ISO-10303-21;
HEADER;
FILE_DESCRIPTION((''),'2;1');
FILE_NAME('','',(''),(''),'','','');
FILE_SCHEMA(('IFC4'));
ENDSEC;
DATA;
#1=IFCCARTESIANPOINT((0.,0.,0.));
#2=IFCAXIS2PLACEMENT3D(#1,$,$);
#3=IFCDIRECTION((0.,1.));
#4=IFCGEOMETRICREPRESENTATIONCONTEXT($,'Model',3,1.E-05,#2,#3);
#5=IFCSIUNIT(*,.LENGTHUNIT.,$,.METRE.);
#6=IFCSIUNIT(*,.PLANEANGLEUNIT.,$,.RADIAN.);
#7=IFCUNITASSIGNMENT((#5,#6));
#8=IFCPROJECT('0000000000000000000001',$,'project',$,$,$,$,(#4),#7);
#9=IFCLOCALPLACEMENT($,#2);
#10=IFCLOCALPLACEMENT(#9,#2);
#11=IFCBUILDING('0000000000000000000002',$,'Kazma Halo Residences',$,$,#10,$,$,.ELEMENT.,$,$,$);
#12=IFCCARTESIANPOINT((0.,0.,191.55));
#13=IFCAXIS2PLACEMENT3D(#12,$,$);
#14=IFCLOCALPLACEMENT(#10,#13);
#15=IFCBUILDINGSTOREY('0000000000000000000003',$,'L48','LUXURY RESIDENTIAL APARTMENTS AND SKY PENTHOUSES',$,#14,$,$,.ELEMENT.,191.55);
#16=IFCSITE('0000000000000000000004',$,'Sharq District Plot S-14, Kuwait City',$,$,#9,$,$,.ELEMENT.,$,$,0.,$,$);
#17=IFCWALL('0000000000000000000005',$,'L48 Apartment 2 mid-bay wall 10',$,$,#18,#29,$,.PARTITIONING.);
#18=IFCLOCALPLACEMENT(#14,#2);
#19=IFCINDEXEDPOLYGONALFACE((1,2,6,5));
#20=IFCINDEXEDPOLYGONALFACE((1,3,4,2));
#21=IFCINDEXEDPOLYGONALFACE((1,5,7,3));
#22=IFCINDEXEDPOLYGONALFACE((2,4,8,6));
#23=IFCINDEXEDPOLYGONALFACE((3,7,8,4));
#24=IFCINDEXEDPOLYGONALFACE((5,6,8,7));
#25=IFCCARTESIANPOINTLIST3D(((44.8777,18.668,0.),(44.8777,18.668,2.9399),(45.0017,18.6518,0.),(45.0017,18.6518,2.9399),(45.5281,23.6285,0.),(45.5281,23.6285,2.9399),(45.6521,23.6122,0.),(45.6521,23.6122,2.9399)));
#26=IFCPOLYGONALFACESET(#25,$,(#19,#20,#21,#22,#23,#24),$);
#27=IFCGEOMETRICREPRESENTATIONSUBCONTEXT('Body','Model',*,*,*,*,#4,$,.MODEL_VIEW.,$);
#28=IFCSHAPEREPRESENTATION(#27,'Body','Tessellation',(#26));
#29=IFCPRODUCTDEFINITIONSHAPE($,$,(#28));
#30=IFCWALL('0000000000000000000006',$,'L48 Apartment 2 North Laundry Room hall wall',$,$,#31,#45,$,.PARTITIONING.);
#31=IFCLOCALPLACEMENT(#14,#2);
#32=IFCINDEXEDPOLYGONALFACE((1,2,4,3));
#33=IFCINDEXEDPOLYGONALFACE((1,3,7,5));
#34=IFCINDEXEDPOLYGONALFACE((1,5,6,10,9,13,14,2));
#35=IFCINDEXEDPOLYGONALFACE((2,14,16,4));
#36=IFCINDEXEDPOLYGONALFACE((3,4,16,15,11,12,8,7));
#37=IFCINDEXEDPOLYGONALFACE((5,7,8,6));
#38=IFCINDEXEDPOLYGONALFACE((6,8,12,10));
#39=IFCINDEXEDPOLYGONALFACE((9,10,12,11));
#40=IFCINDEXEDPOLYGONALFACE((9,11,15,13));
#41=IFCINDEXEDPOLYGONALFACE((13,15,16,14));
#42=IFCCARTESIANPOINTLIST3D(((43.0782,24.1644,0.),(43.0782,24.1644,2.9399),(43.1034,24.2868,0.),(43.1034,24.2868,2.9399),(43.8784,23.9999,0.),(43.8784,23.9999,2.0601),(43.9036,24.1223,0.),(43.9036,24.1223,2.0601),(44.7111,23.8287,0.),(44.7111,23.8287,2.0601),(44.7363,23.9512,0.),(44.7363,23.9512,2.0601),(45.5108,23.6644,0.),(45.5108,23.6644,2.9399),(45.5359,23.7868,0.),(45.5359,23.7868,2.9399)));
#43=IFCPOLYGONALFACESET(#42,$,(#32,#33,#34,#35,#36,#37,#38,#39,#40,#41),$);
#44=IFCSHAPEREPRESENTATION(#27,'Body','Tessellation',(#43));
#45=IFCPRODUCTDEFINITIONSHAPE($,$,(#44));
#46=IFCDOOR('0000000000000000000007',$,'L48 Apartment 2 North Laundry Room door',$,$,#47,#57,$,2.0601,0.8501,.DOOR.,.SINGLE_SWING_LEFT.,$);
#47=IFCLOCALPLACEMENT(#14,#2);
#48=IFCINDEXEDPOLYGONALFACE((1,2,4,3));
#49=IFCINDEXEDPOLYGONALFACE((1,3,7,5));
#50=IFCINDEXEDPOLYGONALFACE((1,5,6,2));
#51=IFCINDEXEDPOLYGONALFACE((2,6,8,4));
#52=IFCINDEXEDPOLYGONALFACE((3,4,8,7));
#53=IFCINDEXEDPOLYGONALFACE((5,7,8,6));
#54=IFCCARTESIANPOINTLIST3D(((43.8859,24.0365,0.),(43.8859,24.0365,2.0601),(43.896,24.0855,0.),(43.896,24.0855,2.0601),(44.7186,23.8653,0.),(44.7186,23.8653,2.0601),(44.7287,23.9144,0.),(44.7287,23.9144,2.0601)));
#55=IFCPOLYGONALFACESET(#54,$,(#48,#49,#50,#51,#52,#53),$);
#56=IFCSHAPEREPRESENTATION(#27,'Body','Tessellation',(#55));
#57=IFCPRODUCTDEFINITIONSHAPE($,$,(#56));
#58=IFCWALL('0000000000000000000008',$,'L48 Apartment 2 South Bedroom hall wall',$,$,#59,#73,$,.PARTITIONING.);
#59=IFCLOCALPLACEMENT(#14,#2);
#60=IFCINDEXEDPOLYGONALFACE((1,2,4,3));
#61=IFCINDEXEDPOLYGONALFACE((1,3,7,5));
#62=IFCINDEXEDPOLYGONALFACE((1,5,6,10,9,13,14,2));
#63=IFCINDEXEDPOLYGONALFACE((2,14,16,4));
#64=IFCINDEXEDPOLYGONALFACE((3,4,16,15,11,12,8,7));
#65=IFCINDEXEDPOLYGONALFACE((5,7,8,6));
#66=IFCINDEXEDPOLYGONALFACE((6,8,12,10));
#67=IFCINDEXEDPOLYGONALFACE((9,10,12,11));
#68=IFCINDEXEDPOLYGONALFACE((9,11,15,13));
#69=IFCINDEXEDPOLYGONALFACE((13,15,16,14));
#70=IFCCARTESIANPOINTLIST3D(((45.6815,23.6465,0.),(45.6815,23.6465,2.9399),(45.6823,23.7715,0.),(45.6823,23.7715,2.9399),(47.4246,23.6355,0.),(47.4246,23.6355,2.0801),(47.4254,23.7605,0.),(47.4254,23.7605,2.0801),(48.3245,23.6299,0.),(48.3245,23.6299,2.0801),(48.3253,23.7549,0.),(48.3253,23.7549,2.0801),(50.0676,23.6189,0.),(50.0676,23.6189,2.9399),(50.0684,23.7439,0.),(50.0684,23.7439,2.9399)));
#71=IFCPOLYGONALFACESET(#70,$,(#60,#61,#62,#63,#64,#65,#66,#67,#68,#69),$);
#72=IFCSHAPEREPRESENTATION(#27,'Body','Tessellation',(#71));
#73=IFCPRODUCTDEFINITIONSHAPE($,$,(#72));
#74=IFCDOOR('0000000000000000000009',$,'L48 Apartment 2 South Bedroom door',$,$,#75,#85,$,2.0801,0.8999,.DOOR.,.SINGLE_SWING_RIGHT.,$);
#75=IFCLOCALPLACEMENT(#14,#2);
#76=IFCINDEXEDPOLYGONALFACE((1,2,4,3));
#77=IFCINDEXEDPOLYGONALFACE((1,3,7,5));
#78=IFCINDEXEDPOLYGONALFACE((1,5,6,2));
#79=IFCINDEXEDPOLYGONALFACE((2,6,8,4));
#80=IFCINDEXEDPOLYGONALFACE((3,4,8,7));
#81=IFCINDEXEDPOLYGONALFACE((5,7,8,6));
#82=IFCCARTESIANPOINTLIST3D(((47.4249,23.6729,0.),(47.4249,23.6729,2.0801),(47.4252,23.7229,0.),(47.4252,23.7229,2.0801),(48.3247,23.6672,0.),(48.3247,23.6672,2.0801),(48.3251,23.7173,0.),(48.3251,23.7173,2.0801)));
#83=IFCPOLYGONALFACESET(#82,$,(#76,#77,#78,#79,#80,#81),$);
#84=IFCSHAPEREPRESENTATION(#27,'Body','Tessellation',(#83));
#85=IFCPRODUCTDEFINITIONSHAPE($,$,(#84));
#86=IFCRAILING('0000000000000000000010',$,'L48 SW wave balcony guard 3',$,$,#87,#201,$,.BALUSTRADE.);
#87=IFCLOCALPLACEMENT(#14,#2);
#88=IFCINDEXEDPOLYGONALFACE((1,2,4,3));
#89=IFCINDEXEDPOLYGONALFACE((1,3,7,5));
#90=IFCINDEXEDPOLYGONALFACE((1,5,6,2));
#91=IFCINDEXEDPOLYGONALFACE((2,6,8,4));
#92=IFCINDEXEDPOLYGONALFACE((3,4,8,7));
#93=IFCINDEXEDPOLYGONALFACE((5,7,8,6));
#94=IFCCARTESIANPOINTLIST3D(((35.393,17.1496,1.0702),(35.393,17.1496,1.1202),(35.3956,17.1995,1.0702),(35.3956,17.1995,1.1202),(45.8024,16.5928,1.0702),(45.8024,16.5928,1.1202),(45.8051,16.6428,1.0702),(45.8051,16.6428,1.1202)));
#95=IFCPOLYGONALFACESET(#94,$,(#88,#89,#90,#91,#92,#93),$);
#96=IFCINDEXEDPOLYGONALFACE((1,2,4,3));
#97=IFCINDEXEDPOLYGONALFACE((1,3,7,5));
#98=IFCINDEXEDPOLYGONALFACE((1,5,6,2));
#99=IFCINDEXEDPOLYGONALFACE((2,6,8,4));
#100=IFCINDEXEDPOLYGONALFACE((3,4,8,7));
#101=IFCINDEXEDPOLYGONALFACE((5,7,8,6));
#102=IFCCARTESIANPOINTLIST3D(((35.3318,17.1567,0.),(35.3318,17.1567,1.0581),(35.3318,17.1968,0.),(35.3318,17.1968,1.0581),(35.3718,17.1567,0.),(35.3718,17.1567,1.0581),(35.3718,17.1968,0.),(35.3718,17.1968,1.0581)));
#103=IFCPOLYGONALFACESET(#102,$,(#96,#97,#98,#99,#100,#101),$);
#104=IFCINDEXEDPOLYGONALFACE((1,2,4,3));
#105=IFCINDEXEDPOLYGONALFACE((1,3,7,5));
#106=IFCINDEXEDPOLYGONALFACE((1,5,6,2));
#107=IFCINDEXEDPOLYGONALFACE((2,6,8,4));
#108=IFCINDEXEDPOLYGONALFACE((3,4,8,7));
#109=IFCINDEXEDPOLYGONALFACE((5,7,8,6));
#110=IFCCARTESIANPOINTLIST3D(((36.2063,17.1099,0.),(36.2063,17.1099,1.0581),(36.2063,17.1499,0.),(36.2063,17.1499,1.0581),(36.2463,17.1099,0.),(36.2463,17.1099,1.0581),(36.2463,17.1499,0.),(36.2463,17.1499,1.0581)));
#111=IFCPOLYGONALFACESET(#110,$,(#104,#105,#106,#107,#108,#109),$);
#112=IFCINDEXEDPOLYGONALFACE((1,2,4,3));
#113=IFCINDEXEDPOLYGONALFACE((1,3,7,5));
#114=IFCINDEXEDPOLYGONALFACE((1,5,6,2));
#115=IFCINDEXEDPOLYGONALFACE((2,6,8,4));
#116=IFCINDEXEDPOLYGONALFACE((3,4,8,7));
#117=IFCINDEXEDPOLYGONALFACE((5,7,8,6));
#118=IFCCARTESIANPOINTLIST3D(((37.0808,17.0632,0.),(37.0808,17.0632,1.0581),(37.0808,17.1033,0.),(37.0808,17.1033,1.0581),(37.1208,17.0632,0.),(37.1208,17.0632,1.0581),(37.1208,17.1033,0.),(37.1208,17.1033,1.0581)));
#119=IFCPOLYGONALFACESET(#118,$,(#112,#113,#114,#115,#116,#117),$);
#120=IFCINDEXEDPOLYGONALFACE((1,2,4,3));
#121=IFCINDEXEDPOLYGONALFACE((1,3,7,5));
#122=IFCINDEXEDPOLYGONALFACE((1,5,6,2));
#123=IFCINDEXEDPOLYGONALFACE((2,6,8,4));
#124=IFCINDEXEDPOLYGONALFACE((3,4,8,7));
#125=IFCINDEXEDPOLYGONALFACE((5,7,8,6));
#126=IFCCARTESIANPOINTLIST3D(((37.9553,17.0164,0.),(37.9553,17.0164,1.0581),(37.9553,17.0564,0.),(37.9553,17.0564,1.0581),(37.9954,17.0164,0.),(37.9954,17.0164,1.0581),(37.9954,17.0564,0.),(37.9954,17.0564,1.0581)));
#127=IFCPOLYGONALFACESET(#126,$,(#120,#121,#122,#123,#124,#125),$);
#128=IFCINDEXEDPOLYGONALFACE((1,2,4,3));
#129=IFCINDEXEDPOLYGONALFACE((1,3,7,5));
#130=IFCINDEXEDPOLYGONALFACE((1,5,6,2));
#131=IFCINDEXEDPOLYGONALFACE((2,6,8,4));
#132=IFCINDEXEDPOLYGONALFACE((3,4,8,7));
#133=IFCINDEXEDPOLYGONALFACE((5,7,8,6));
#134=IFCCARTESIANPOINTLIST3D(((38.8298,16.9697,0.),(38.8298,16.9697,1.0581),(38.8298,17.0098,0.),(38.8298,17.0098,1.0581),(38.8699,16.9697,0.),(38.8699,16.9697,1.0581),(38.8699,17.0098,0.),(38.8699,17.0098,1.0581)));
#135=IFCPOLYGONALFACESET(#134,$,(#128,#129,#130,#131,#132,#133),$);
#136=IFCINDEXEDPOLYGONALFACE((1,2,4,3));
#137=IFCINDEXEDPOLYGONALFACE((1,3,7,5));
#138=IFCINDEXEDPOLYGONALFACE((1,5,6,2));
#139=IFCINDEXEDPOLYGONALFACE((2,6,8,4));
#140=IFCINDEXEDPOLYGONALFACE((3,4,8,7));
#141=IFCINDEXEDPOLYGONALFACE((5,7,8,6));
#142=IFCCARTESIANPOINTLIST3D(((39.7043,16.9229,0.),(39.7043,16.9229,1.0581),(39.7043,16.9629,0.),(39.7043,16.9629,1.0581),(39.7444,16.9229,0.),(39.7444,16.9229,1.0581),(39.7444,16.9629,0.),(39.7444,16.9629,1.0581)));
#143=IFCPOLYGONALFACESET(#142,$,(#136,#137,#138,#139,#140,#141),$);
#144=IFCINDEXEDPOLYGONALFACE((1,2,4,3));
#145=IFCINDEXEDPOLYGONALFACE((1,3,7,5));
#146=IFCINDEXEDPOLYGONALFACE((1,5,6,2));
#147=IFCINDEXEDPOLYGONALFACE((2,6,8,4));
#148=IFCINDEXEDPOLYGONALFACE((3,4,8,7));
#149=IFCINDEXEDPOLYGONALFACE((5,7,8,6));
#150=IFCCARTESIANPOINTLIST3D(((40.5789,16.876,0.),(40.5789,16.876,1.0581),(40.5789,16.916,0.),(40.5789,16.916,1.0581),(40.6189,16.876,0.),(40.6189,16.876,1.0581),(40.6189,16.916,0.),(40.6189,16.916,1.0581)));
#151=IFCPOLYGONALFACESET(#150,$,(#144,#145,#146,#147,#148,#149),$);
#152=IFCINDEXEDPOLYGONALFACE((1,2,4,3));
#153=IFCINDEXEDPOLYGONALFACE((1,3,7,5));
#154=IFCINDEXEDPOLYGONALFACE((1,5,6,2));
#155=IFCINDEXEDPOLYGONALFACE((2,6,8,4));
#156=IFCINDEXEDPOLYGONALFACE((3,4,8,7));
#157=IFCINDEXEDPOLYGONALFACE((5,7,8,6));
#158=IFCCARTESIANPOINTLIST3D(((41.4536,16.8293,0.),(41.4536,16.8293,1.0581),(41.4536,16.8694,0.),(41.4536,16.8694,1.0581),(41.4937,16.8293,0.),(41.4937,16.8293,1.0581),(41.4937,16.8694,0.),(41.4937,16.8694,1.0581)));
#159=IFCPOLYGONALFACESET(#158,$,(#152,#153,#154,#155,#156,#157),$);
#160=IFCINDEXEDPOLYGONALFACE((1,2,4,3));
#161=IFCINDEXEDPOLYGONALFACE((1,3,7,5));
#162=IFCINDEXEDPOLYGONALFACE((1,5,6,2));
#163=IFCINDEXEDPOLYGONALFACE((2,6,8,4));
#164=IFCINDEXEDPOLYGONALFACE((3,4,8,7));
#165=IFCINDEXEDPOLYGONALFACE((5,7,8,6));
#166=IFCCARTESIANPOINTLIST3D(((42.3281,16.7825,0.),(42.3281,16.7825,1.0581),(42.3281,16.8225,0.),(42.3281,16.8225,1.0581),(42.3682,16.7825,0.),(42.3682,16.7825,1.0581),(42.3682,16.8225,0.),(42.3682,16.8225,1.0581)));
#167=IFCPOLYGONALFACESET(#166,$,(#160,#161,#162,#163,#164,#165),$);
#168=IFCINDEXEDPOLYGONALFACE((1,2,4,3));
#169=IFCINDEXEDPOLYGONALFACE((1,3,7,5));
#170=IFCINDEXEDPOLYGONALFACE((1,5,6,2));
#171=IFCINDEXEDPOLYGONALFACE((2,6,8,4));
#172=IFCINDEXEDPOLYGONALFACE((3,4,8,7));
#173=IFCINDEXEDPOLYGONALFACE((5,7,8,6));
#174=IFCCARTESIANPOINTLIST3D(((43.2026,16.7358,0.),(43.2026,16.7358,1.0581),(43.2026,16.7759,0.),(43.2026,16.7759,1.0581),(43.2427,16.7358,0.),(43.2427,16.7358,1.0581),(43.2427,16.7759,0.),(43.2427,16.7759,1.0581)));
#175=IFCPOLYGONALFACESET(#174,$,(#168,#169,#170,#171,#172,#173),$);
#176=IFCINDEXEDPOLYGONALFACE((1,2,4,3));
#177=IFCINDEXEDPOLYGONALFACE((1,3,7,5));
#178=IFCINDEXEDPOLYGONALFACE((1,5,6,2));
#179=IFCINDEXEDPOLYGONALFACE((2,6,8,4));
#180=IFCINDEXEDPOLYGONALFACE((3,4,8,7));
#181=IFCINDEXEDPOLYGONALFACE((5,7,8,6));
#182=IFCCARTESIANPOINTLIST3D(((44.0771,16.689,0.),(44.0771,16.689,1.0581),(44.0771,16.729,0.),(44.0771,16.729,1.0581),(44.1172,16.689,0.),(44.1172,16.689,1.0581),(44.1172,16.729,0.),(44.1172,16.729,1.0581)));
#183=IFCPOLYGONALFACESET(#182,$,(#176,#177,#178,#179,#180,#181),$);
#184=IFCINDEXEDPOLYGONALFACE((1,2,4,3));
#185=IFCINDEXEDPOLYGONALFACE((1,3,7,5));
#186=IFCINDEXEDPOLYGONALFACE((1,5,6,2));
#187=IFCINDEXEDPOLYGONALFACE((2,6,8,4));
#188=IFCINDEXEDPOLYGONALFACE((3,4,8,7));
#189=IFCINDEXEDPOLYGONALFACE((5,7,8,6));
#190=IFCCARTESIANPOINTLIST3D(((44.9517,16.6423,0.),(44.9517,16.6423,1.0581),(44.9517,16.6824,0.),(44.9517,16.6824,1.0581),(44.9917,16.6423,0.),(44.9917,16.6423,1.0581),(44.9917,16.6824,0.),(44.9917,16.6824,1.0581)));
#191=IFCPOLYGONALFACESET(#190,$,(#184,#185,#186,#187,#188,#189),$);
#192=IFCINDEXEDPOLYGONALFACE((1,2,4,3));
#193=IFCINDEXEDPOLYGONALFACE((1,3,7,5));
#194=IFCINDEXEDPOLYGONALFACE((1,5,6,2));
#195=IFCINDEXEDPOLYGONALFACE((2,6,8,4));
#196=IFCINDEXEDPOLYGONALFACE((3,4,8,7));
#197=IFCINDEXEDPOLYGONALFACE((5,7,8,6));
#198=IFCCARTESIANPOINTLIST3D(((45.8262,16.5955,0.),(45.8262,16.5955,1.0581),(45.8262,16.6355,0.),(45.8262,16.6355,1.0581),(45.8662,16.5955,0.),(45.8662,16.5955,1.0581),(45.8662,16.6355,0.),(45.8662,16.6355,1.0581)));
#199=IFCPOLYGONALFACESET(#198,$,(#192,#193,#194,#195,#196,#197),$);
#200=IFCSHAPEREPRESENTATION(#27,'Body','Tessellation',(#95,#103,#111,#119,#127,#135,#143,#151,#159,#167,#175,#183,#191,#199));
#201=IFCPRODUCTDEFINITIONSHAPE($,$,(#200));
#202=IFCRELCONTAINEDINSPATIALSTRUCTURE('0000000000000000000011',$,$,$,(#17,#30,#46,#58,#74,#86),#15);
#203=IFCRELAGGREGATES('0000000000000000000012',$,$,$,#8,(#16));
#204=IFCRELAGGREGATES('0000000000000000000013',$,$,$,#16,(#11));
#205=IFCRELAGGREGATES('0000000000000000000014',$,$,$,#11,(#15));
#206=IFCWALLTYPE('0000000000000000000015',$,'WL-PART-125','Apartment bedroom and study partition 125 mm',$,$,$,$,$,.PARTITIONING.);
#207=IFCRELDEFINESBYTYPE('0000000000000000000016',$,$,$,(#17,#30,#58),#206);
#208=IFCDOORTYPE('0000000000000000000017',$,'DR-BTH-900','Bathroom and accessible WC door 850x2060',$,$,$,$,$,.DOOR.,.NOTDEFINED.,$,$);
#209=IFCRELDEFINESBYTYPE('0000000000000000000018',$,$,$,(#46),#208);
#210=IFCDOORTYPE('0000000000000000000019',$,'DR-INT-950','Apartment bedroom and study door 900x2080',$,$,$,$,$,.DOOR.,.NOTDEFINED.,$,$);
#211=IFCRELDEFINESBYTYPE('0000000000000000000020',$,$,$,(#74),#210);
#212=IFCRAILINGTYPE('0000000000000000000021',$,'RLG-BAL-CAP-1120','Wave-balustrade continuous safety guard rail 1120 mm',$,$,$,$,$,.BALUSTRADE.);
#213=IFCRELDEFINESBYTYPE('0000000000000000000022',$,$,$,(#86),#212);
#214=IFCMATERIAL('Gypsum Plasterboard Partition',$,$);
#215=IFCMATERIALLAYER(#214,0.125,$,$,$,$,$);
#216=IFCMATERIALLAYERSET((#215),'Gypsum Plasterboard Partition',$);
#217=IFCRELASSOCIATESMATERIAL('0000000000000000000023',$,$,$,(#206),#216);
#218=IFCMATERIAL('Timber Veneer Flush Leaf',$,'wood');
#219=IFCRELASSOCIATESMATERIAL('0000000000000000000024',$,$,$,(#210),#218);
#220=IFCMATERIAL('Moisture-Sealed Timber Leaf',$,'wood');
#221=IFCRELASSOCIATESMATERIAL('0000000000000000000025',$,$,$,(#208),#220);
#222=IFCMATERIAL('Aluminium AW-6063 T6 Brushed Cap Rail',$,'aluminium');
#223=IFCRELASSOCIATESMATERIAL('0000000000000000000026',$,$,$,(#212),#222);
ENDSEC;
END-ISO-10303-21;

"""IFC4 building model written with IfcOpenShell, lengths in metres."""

from ifc_helpers import new_model, si_unit, direction, frame, frame_2d, origin, origin_2d, place, context, subcontext, project, spatial, rectangle, extrude, material, layer, layer_set, type_object, element, fill, save


model = new_model("IFC4")

# Units and contexts
model_context = context("Model", 3, precision=1e-05, world=origin(), true_north=direction((0.0, 1.0)))
body_context = subcontext(model_context, "Body", "Model", "MODEL_VIEW")
ifc_project = project(units=[si_unit("LENGTHUNIT", "METRE"), si_unit("PLANEANGLEUNIT", "RADIAN")], contexts=[model_context])

# Site, building, storey
site_placement = place(None, origin())
site = spatial("IfcSite", under=ifc_project, at=site_placement, Name="Sharq District Plot S-14, Kuwait City", CompositionType="ELEMENT", RefElevation=0.0)
building_placement = place(site_placement, origin())
building = spatial("IfcBuilding", under=site, at=building_placement, Name="Kazma Halo Residences", CompositionType="ELEMENT")
storey_placement = place(building_placement, frame((0.0, 0.0, 191.55)))
storey = spatial("IfcBuildingStorey", under=building, at=storey_placement, Name="L48", Description="LUXURY RESIDENTIAL APARTMENTS AND SKY PENTHOUSES", CompositionType="ELEMENT", Elevation=191.55)

# Shared definitions
ifc_material_1 = material(Name="Gypsum Plasterboard Partition")
ifc_layer_1 = layer(ifc_material_1, 0.125)
ifc_layer_set_1 = layer_set([ifc_layer_1], Name="Gypsum Plasterboard Partition")
wall_type_1 = type_object("IfcWallType", Name="WL-PART-125", Description="Apartment bedroom and study partition 125 mm", PredefinedType="PARTITIONING", material=ifc_layer_set_1)
ifc_material_2 = material(Name="Timber Veneer Flush Leaf", Category="wood")
door_type_1 = type_object("IfcDoorType", Name="DR-INT-950", Description="Apartment bedroom and study door 900x2080", OperationType="NOTDEFINED", PredefinedType="DOOR", material=ifc_material_2)

# Wall
wall_1_placement = place(storey_placement, frame((45.5901, 23.6204, 0.0), z_axis=(0.0, 0.0, 1.0), x_axis=(-0.130003, -0.991514, 0.0)))
element("IfcWall", 1, at=wall_1_placement, inside=storey, type_object=wall_type_1, Name="L48 Apartment 2 mid-bay wall 10", PredefinedType="PARTITIONING", context=body_context, shape_type="SweptSolid", body=[
    extrude(rectangle(XDim=5.0029, YDim=0.125, at=frame_2d((2.5015, 0.0))), origin(), (0.0, 0.0, 1.0), 2.9399),
])

# Walls, openings, doors
wall_2_placement = place(storey_placement, frame((43.0908, 24.2256, 0.0), z_axis=(0.0, 0.0, 1.0), x_axis=(0.979523, -0.201331, 0.0)))
wall_2 = element("IfcWall", 2, at=wall_2_placement, inside=storey, type_object=wall_type_1, Name="L48 Apartment 2 North Laundry Room hall wall", PredefinedType="PARTITIONING", context=body_context, shape_type="SweptSolid", body=[
    extrude(rectangle(XDim=2.4834, YDim=0.125, at=frame_2d((1.2417, 0.0))), origin(), (0.0, 0.0, 1.0), 2.9399),
])
opening_1_placement = place(wall_2_placement, frame((0.8169, 0.0, 0.0)))
opening_1 = element("IfcOpeningElement", 3, at=opening_1_placement, cuts=wall_2, PredefinedType="OPENING", context=body_context, shape_type="SweptSolid", body=[
    extrude(rectangle(XDim=0.8501, YDim=2.0601, at=frame_2d((0.425, 1.03))), frame((0.0, 0.0725, 0.0), z_axis=(0.0, -1.0, 0.0), x_axis=(1.0, 0.0, 0.0)), (0.0, 0.0, 1.0), 0.145),
])
ifc_material_3 = material(Name="Moisture-Sealed Timber Leaf", Category="wood")
door_type_2 = type_object("IfcDoorType", Name="DR-BTH-900", Description="Bathroom and accessible WC door 850x2060", OperationType="NOTDEFINED", PredefinedType="DOOR", material=ifc_material_3)
door_1_placement = place(opening_1_placement, origin())
door_1 = element("IfcDoor", 4, at=door_1_placement, inside=storey, type_object=door_type_2, Name="L48 Apartment 2 North Laundry Room door", OperationType="SINGLE_SWING_LEFT", OverallHeight=2.0601, OverallWidth=0.8501, PredefinedType="DOOR", context=body_context, shape_type="SweptSolid", body=[
    extrude(rectangle(XDim=0.8501, YDim=2.0601, at=frame_2d((0.425, 1.03))), frame((0.0, 0.0249, 0.0), z_axis=(0.0, -1.0, 0.0), x_axis=(1.0, 0.0, 0.0)), (0.0, 0.0, 1.0), 0.05),
])
fill(opening_1, door_1)
wall_3_placement = place(storey_placement, frame((45.6819, 23.709, 0.0), z_axis=(0.0, 0.0, 1.0), x_axis=(0.99998, -0.00629, 0.0)))
wall_3 = element("IfcWall", 5, at=wall_3_placement, inside=storey, type_object=wall_type_1, Name="L48 Apartment 2 South Bedroom hall wall", PredefinedType="PARTITIONING", context=body_context, shape_type="SweptSolid", body=[
    extrude(rectangle(XDim=4.3862, YDim=0.125, at=frame_2d((2.1931, 0.0))), origin(), (0.0, 0.0, 1.0), 2.9399),
])
opening_2_placement = place(wall_3_placement, frame((1.7432, 0.0, 0.0)))
opening_2 = element("IfcOpeningElement", 6, at=opening_2_placement, cuts=wall_3, PredefinedType="OPENING", context=body_context, shape_type="SweptSolid", body=[
    extrude(rectangle(XDim=0.8999, YDim=2.0801, at=frame_2d((0.45, 1.04))), frame((0.0, 0.0725, 0.0), z_axis=(0.0, -1.0, 0.0), x_axis=(1.0, 0.0, 0.0)), (0.0, 0.0, 1.0), 0.145),
])
door_2_placement = place(opening_2_placement, origin())
door_2 = element("IfcDoor", 7, at=door_2_placement, inside=storey, type_object=door_type_1, Name="L48 Apartment 2 South Bedroom door", OperationType="SINGLE_SWING_RIGHT", OverallHeight=2.0801, OverallWidth=0.8999, PredefinedType="DOOR", context=body_context, shape_type="SweptSolid", body=[
    extrude(rectangle(XDim=0.8999, YDim=2.0801, at=frame_2d((0.45, 1.04))), frame((0.0, 0.0249, 0.0), z_axis=(0.0, -1.0, 0.0), x_axis=(1.0, 0.0, 0.0)), (0.0, 0.0, 1.0), 0.05),
])
fill(opening_2, door_2)

# Railing
ifc_material_4 = material(Name="Aluminium AW-6063 T6 Brushed Cap Rail", Category="aluminium")
railing_type = type_object("IfcRailingType", Name="RLG-BAL-CAP-1120", Description="Wave-balustrade continuous safety guard rail 1120 mm", PredefinedType="BALUSTRADE", material=ifc_material_4)
railing_1_placement = place(storey_placement, frame((35.3518, 17.1768, 0.0)))
element("IfcRailing", 8, at=railing_1_placement, inside=storey, type_object=railing_type, Name="L48 SW wave balcony guard 3", PredefinedType="BALUSTRADE", context=body_context, shape_type="SweptSolid", body=[
    extrude(rectangle(XDim=0.05, YDim=0.05, at=origin_2d()), frame((0.0425, -0.0022, 1.0952), z_axis=(0.998573, -0.053407, 0.0), x_axis=(0.053407, 0.998573, 0.0)), (0.0, 0.0, 1.0), 10.4243),
    extrude(rectangle(XDim=0.04, YDim=0.04, at=origin_2d()), origin(), (0.0, 0.0, 1.0), 1.0581),
    extrude(rectangle(XDim=0.04, YDim=0.04, at=origin_2d()), frame((0.8745, -0.0469, 0.0)), (0.0, 0.0, 1.0), 1.0581),
    extrude(rectangle(XDim=0.04, YDim=0.04, at=origin_2d()), frame((1.749, -0.0935, 0.0)), (0.0, 0.0, 1.0), 1.0581),
    extrude(rectangle(XDim=0.04, YDim=0.04, at=origin_2d()), frame((2.6235, -0.1404, 0.0)), (0.0, 0.0, 1.0), 1.0581),
    extrude(rectangle(XDim=0.04, YDim=0.04, at=origin_2d()), frame((3.498, -0.187, 0.0)), (0.0, 0.0, 1.0), 1.0581),
    extrude(rectangle(XDim=0.04, YDim=0.04, at=origin_2d()), frame((4.3726, -0.2339, 0.0)), (0.0, 0.0, 1.0), 1.0581),
    extrude(rectangle(XDim=0.04, YDim=0.04, at=origin_2d()), frame((5.2471, -0.2808, 0.0)), (0.0, 0.0, 1.0), 1.0581),
    extrude(rectangle(XDim=0.04, YDim=0.04, at=origin_2d()), frame((6.1218, -0.3274, 0.0)), (0.0, 0.0, 1.0), 1.0581),
    extrude(rectangle(XDim=0.04, YDim=0.04, at=origin_2d()), frame((6.9963, -0.3743, 0.0)), (0.0, 0.0, 1.0), 1.0581),
    extrude(rectangle(XDim=0.04, YDim=0.04, at=origin_2d()), frame((7.8708, -0.4209, 0.0)), (0.0, 0.0, 1.0), 1.0581),
    extrude(rectangle(XDim=0.04, YDim=0.04, at=origin_2d()), frame((8.7454, -0.4678, 0.0)), (0.0, 0.0, 1.0), 1.0581),
    extrude(rectangle(XDim=0.04, YDim=0.04, at=origin_2d()), frame((9.6199, -0.5144, 0.0)), (0.0, 0.0, 1.0), 1.0581),
    extrude(rectangle(XDim=0.04, YDim=0.04, at=origin_2d()), frame((10.4944, -0.5613, 0.0)), (0.0, 0.0, 1.0), 1.0581),
])

save(model, "model.ifc")
